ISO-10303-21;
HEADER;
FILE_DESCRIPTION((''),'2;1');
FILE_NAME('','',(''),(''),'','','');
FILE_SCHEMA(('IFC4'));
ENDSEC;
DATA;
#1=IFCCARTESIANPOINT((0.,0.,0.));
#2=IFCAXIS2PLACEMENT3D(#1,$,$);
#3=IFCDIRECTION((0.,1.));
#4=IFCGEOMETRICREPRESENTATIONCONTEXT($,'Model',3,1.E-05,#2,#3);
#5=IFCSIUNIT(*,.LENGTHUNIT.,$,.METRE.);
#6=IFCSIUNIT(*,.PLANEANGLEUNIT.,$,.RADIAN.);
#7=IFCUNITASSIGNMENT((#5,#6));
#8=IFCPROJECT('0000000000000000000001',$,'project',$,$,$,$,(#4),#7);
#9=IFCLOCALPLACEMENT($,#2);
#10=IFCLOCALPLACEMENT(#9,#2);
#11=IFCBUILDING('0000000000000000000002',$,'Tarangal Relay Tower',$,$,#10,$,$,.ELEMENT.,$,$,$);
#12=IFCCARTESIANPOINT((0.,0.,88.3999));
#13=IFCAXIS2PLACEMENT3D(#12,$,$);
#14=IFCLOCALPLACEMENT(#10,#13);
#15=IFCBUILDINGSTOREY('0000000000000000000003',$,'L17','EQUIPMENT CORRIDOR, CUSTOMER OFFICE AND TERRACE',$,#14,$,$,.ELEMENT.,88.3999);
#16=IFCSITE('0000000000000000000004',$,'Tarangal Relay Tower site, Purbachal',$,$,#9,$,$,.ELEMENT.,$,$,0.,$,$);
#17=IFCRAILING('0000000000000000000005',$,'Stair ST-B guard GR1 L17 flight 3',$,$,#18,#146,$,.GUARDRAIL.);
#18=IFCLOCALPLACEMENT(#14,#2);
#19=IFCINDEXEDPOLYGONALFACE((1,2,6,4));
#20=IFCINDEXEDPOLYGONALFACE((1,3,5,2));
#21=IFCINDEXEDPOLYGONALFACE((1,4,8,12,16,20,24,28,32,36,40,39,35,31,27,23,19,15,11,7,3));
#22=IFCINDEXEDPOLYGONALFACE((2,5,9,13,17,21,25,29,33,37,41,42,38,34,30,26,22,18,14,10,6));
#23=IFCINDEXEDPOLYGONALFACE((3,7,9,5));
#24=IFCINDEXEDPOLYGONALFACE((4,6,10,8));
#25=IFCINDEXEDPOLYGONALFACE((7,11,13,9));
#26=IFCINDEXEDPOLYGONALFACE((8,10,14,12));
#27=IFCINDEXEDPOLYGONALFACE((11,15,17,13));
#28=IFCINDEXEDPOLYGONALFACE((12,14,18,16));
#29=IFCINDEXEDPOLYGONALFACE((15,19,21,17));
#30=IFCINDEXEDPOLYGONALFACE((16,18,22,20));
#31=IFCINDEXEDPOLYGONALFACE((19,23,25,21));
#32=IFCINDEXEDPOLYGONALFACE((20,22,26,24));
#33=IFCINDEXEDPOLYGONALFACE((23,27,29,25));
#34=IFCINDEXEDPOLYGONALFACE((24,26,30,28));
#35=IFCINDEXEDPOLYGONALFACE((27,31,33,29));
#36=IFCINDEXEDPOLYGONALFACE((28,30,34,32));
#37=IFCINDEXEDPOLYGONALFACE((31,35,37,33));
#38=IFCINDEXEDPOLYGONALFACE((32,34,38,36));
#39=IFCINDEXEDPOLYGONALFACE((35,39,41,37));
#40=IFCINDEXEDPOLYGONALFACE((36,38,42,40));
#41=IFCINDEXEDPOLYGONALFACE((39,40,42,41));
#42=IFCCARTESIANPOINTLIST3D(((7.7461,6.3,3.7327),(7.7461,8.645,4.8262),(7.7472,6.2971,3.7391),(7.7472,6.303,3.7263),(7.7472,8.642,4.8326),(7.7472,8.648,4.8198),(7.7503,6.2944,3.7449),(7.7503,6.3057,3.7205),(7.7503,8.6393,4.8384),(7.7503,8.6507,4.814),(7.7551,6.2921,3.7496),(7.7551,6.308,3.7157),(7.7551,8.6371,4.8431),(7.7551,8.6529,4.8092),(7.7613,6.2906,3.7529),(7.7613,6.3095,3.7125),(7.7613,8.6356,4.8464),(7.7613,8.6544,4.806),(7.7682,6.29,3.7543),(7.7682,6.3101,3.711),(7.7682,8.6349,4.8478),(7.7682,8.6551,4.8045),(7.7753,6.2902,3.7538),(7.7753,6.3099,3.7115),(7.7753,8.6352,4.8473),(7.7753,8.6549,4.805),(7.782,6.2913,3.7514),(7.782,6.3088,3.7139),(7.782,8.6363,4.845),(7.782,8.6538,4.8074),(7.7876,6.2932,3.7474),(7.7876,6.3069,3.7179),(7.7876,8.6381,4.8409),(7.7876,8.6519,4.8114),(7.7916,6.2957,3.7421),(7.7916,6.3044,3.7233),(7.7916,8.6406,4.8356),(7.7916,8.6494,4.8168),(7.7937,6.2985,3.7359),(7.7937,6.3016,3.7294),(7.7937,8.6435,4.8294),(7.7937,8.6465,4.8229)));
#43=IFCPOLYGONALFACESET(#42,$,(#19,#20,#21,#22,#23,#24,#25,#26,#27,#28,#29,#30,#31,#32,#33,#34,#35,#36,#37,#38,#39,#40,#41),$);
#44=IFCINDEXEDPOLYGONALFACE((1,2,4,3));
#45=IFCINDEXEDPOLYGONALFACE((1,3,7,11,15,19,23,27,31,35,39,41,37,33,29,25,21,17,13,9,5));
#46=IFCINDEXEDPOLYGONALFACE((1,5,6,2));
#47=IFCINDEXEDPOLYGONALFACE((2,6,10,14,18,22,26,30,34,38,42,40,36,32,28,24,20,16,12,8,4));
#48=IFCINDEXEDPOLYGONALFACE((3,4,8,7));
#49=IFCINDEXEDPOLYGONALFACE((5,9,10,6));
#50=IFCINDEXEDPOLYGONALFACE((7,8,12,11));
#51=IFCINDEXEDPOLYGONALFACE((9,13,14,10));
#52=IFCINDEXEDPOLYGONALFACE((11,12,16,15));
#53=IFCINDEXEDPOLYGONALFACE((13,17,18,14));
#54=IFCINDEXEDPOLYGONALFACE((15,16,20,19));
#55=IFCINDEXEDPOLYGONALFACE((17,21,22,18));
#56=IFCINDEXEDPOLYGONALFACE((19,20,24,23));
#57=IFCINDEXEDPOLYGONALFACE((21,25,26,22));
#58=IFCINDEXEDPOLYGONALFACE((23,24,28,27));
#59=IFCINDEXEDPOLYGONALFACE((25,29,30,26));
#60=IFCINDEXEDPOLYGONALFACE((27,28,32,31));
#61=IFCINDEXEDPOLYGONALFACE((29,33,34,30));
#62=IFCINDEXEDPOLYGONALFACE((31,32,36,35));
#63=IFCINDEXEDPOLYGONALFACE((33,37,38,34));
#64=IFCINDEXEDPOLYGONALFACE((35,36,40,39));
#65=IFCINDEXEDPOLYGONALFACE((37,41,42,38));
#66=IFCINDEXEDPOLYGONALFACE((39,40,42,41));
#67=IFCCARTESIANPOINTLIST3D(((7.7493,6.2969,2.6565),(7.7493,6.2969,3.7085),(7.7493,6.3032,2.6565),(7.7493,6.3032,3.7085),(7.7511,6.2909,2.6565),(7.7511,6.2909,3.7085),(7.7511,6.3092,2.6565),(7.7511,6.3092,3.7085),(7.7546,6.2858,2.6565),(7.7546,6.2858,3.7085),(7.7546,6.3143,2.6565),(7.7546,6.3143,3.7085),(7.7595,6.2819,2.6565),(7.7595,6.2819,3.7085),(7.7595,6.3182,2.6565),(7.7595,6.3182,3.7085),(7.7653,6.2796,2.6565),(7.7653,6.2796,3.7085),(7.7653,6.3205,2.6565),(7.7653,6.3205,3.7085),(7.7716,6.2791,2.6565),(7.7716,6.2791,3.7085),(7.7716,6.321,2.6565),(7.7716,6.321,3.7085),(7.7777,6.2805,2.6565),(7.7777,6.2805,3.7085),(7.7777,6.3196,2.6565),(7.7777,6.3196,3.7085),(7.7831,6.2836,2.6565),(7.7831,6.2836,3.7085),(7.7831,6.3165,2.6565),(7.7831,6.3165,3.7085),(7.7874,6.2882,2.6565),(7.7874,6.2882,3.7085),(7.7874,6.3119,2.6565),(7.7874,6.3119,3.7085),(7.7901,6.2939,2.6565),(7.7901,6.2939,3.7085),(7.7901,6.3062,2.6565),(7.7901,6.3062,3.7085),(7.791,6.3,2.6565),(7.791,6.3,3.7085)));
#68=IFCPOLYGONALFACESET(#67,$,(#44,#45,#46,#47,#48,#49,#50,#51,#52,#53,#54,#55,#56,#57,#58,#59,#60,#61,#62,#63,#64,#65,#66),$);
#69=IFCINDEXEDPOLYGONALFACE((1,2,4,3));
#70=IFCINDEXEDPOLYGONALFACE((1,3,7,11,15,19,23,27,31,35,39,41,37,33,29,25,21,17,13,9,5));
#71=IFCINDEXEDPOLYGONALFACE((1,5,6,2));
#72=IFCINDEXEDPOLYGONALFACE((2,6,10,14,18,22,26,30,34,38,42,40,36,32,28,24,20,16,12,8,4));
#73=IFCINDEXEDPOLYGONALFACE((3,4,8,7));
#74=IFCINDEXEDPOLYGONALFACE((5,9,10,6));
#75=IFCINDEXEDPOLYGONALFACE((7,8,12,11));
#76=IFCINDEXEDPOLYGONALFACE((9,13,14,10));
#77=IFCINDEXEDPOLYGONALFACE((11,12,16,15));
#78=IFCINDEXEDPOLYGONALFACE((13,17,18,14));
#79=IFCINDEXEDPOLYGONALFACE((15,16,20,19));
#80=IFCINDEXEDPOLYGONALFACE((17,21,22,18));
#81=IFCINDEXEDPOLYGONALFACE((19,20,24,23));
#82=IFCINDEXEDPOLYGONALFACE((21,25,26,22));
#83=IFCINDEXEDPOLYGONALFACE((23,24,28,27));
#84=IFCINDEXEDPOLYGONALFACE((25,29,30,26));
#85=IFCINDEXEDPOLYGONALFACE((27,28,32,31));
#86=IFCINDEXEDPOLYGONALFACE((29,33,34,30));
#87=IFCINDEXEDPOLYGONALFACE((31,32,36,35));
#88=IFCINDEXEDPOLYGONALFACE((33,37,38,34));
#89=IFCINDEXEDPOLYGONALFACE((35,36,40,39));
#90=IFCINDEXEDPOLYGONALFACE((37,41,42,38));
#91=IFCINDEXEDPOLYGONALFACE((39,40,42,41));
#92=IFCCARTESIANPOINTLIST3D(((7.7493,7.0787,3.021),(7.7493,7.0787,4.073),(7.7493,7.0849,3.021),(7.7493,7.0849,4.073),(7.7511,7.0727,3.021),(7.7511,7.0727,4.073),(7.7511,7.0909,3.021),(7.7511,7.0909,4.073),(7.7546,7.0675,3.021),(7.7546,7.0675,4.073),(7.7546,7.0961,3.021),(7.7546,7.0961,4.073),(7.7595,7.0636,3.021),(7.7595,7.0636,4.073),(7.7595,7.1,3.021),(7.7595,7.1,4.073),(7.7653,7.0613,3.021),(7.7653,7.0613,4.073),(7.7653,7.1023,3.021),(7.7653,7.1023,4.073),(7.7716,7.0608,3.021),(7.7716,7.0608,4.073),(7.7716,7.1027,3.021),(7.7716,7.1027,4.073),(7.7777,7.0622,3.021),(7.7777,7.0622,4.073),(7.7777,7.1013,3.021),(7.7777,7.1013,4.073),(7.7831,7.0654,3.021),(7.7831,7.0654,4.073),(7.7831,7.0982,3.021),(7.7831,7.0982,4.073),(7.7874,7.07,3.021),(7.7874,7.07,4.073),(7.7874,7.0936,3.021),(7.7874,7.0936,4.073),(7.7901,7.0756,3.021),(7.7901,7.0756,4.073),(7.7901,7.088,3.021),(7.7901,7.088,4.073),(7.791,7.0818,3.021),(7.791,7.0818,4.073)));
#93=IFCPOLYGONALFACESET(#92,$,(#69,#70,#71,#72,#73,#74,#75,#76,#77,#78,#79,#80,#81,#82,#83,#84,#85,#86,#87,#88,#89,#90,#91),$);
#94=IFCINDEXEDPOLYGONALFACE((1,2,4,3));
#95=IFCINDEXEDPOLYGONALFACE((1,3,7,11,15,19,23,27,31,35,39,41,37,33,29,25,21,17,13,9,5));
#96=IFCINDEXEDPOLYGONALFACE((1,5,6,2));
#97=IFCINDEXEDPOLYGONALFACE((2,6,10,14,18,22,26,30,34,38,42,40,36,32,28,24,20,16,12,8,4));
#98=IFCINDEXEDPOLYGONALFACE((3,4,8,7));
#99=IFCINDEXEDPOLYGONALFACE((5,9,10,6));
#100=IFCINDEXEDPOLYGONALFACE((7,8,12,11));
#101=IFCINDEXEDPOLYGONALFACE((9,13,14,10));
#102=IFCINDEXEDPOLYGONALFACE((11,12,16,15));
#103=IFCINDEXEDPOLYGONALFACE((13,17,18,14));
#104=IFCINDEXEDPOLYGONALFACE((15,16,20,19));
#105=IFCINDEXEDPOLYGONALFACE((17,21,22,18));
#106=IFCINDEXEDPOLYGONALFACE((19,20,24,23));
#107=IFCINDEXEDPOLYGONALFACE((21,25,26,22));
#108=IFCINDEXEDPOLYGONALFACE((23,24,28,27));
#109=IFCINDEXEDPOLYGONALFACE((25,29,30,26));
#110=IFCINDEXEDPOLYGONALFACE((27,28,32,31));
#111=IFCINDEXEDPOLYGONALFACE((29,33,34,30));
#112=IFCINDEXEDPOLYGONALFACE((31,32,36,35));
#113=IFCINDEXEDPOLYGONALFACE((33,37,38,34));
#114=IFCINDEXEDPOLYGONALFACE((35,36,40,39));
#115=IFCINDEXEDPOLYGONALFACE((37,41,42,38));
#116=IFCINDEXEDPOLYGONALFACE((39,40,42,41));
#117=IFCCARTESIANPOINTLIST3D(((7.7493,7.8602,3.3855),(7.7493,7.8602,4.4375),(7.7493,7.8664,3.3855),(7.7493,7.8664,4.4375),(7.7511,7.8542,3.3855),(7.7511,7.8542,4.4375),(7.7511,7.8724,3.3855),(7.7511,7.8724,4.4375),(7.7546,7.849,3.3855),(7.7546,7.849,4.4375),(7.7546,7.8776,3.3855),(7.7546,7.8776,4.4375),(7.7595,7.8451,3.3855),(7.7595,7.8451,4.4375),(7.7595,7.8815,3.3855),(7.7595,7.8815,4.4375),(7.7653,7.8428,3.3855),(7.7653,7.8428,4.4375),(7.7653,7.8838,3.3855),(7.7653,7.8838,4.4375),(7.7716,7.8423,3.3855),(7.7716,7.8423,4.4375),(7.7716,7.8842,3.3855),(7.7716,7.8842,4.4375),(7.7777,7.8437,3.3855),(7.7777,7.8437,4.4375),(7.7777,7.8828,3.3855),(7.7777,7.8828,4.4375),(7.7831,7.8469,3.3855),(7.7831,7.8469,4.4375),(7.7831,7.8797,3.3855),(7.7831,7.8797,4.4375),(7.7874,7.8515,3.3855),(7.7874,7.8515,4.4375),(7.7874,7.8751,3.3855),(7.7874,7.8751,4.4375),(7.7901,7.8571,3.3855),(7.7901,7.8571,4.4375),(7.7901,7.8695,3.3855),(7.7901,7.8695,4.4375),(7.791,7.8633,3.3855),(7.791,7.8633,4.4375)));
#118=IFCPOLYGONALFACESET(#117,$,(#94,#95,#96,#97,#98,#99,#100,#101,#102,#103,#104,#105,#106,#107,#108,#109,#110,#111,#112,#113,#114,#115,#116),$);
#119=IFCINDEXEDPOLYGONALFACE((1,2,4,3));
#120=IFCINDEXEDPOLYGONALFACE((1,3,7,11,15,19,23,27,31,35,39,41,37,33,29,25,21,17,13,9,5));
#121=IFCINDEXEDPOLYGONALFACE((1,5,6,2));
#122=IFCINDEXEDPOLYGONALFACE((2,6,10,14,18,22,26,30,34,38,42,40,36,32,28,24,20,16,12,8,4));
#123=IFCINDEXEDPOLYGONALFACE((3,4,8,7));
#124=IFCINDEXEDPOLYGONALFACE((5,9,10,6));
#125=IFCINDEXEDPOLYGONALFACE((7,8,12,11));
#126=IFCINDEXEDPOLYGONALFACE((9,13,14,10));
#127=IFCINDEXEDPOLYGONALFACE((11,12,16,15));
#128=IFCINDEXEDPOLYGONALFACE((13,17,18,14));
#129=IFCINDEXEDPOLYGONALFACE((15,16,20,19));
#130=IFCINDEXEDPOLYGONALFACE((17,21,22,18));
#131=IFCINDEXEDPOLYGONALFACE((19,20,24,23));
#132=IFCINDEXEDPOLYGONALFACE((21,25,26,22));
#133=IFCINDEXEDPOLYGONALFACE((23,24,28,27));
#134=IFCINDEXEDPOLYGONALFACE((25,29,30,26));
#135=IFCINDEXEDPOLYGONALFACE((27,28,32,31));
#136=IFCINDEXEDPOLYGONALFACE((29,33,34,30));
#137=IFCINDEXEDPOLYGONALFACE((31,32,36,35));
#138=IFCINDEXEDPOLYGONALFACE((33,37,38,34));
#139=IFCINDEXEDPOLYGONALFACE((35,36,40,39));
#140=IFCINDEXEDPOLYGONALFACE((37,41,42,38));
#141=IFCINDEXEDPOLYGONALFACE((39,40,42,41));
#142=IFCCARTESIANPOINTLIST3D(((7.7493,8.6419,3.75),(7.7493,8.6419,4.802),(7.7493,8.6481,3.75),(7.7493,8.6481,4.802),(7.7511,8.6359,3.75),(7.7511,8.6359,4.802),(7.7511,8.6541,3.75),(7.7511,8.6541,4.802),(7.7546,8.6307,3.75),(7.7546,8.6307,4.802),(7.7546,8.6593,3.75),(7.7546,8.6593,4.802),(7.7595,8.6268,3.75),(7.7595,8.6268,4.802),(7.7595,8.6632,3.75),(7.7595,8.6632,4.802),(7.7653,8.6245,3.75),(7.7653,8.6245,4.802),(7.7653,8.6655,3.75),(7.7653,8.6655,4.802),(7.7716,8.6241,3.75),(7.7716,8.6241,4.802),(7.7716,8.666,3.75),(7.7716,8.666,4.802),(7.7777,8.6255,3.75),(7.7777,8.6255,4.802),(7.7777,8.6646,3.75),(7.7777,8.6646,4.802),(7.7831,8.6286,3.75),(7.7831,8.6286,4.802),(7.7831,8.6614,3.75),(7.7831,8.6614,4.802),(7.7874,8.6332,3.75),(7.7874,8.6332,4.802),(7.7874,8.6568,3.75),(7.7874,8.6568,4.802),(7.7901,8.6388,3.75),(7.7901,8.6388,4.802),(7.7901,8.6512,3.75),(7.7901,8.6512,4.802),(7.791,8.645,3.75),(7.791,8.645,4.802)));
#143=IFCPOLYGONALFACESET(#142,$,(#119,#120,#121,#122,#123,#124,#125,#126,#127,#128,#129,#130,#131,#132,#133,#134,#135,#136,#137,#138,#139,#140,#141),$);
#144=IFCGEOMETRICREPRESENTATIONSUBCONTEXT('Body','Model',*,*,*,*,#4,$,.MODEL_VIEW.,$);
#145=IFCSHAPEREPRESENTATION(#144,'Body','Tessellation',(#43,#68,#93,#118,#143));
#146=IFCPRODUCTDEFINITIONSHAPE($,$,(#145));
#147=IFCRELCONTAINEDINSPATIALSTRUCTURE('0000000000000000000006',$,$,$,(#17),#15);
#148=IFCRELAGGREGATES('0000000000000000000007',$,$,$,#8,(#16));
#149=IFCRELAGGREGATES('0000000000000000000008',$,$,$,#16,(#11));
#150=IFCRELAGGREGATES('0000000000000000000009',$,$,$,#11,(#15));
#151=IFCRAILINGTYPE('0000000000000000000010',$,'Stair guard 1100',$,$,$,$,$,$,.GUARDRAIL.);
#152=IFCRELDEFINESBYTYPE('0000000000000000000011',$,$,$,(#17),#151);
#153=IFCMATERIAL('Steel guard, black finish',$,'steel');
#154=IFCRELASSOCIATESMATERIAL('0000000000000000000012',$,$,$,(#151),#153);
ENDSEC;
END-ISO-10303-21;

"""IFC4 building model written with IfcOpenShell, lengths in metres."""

from ifc_helpers import new_model, si_unit, direction, frame, origin, origin_2d, place, context, subcontext, project, spatial, circle, extrude, material, type_object, element, save


model = new_model("IFC4")

# Units and contexts
model_context = context("Model", 3, precision=1e-05, world=origin(), true_north=direction((0.0, 1.0)))
body_context = subcontext(model_context, "Body", "Model", "MODEL_VIEW")
ifc_project = project(units=[si_unit("LENGTHUNIT", "METRE"), si_unit("PLANEANGLEUNIT", "RADIAN")], contexts=[model_context])

# Site, building, storey
site_placement = place(None, origin())
site = spatial("IfcSite", under=ifc_project, at=site_placement, Name="Tarangal Relay Tower site, Purbachal", CompositionType="ELEMENT", RefElevation=0.0)
building_placement = place(site_placement, origin())
building = spatial("IfcBuilding", under=site, at=building_placement, Name="Tarangal Relay Tower", CompositionType="ELEMENT")
storey_placement = place(building_placement, frame((0.0, 0.0, 88.3999)))
storey = spatial("IfcBuildingStorey", under=building, at=storey_placement, Name="L17", Description="EQUIPMENT CORRIDOR, CUSTOMER OFFICE AND TERRACE", CompositionType="ELEMENT", Elevation=88.3999)

# Railing
ifc_material_1 = material(Name="Steel guard, black finish", Category="steel")
railing_type_1 = type_object("IfcRailingType", Name="Stair guard 1100", PredefinedType="GUARDRAIL", material=ifc_material_1)
railing_1_placement = place(storey_placement, frame((7.77, 6.3, 2.6565)))
element("IfcRailing", 1, at=railing_1_placement, inside=storey, type_object=railing_type_1, Name="Stair ST-B guard GR1 L17 flight 3", PredefinedType="GUARDRAIL", context=body_context, shape_type="SweptSolid", body=[
    extrude(circle(Radius=0.0239, at=origin_2d()), frame((0.0, 0.0, 1.0762), z_axis=(0.0, 0.906304, 0.422627), x_axis=(-1.0, 0.0, 0.0)), (0.0, 0.0, 1.0), 2.5874),
    extrude(circle(Radius=0.021, at=origin_2d()), origin(), (0.0, 0.0, 1.0), 1.052),
    extrude(circle(Radius=0.021, at=origin_2d()), frame((0.0, 0.7817, 0.3645)), (0.0, 0.0, 1.0), 1.052),
    extrude(circle(Radius=0.021, at=origin_2d()), frame((0.0, 1.5632, 0.729)), (0.0, 0.0, 1.0), 1.052),
    extrude(circle(Radius=0.021, at=origin_2d()), frame((0.0, 2.345, 1.0935)), (0.0, 0.0, 1.0), 1.052),
])

save(model, "model.ifc")
